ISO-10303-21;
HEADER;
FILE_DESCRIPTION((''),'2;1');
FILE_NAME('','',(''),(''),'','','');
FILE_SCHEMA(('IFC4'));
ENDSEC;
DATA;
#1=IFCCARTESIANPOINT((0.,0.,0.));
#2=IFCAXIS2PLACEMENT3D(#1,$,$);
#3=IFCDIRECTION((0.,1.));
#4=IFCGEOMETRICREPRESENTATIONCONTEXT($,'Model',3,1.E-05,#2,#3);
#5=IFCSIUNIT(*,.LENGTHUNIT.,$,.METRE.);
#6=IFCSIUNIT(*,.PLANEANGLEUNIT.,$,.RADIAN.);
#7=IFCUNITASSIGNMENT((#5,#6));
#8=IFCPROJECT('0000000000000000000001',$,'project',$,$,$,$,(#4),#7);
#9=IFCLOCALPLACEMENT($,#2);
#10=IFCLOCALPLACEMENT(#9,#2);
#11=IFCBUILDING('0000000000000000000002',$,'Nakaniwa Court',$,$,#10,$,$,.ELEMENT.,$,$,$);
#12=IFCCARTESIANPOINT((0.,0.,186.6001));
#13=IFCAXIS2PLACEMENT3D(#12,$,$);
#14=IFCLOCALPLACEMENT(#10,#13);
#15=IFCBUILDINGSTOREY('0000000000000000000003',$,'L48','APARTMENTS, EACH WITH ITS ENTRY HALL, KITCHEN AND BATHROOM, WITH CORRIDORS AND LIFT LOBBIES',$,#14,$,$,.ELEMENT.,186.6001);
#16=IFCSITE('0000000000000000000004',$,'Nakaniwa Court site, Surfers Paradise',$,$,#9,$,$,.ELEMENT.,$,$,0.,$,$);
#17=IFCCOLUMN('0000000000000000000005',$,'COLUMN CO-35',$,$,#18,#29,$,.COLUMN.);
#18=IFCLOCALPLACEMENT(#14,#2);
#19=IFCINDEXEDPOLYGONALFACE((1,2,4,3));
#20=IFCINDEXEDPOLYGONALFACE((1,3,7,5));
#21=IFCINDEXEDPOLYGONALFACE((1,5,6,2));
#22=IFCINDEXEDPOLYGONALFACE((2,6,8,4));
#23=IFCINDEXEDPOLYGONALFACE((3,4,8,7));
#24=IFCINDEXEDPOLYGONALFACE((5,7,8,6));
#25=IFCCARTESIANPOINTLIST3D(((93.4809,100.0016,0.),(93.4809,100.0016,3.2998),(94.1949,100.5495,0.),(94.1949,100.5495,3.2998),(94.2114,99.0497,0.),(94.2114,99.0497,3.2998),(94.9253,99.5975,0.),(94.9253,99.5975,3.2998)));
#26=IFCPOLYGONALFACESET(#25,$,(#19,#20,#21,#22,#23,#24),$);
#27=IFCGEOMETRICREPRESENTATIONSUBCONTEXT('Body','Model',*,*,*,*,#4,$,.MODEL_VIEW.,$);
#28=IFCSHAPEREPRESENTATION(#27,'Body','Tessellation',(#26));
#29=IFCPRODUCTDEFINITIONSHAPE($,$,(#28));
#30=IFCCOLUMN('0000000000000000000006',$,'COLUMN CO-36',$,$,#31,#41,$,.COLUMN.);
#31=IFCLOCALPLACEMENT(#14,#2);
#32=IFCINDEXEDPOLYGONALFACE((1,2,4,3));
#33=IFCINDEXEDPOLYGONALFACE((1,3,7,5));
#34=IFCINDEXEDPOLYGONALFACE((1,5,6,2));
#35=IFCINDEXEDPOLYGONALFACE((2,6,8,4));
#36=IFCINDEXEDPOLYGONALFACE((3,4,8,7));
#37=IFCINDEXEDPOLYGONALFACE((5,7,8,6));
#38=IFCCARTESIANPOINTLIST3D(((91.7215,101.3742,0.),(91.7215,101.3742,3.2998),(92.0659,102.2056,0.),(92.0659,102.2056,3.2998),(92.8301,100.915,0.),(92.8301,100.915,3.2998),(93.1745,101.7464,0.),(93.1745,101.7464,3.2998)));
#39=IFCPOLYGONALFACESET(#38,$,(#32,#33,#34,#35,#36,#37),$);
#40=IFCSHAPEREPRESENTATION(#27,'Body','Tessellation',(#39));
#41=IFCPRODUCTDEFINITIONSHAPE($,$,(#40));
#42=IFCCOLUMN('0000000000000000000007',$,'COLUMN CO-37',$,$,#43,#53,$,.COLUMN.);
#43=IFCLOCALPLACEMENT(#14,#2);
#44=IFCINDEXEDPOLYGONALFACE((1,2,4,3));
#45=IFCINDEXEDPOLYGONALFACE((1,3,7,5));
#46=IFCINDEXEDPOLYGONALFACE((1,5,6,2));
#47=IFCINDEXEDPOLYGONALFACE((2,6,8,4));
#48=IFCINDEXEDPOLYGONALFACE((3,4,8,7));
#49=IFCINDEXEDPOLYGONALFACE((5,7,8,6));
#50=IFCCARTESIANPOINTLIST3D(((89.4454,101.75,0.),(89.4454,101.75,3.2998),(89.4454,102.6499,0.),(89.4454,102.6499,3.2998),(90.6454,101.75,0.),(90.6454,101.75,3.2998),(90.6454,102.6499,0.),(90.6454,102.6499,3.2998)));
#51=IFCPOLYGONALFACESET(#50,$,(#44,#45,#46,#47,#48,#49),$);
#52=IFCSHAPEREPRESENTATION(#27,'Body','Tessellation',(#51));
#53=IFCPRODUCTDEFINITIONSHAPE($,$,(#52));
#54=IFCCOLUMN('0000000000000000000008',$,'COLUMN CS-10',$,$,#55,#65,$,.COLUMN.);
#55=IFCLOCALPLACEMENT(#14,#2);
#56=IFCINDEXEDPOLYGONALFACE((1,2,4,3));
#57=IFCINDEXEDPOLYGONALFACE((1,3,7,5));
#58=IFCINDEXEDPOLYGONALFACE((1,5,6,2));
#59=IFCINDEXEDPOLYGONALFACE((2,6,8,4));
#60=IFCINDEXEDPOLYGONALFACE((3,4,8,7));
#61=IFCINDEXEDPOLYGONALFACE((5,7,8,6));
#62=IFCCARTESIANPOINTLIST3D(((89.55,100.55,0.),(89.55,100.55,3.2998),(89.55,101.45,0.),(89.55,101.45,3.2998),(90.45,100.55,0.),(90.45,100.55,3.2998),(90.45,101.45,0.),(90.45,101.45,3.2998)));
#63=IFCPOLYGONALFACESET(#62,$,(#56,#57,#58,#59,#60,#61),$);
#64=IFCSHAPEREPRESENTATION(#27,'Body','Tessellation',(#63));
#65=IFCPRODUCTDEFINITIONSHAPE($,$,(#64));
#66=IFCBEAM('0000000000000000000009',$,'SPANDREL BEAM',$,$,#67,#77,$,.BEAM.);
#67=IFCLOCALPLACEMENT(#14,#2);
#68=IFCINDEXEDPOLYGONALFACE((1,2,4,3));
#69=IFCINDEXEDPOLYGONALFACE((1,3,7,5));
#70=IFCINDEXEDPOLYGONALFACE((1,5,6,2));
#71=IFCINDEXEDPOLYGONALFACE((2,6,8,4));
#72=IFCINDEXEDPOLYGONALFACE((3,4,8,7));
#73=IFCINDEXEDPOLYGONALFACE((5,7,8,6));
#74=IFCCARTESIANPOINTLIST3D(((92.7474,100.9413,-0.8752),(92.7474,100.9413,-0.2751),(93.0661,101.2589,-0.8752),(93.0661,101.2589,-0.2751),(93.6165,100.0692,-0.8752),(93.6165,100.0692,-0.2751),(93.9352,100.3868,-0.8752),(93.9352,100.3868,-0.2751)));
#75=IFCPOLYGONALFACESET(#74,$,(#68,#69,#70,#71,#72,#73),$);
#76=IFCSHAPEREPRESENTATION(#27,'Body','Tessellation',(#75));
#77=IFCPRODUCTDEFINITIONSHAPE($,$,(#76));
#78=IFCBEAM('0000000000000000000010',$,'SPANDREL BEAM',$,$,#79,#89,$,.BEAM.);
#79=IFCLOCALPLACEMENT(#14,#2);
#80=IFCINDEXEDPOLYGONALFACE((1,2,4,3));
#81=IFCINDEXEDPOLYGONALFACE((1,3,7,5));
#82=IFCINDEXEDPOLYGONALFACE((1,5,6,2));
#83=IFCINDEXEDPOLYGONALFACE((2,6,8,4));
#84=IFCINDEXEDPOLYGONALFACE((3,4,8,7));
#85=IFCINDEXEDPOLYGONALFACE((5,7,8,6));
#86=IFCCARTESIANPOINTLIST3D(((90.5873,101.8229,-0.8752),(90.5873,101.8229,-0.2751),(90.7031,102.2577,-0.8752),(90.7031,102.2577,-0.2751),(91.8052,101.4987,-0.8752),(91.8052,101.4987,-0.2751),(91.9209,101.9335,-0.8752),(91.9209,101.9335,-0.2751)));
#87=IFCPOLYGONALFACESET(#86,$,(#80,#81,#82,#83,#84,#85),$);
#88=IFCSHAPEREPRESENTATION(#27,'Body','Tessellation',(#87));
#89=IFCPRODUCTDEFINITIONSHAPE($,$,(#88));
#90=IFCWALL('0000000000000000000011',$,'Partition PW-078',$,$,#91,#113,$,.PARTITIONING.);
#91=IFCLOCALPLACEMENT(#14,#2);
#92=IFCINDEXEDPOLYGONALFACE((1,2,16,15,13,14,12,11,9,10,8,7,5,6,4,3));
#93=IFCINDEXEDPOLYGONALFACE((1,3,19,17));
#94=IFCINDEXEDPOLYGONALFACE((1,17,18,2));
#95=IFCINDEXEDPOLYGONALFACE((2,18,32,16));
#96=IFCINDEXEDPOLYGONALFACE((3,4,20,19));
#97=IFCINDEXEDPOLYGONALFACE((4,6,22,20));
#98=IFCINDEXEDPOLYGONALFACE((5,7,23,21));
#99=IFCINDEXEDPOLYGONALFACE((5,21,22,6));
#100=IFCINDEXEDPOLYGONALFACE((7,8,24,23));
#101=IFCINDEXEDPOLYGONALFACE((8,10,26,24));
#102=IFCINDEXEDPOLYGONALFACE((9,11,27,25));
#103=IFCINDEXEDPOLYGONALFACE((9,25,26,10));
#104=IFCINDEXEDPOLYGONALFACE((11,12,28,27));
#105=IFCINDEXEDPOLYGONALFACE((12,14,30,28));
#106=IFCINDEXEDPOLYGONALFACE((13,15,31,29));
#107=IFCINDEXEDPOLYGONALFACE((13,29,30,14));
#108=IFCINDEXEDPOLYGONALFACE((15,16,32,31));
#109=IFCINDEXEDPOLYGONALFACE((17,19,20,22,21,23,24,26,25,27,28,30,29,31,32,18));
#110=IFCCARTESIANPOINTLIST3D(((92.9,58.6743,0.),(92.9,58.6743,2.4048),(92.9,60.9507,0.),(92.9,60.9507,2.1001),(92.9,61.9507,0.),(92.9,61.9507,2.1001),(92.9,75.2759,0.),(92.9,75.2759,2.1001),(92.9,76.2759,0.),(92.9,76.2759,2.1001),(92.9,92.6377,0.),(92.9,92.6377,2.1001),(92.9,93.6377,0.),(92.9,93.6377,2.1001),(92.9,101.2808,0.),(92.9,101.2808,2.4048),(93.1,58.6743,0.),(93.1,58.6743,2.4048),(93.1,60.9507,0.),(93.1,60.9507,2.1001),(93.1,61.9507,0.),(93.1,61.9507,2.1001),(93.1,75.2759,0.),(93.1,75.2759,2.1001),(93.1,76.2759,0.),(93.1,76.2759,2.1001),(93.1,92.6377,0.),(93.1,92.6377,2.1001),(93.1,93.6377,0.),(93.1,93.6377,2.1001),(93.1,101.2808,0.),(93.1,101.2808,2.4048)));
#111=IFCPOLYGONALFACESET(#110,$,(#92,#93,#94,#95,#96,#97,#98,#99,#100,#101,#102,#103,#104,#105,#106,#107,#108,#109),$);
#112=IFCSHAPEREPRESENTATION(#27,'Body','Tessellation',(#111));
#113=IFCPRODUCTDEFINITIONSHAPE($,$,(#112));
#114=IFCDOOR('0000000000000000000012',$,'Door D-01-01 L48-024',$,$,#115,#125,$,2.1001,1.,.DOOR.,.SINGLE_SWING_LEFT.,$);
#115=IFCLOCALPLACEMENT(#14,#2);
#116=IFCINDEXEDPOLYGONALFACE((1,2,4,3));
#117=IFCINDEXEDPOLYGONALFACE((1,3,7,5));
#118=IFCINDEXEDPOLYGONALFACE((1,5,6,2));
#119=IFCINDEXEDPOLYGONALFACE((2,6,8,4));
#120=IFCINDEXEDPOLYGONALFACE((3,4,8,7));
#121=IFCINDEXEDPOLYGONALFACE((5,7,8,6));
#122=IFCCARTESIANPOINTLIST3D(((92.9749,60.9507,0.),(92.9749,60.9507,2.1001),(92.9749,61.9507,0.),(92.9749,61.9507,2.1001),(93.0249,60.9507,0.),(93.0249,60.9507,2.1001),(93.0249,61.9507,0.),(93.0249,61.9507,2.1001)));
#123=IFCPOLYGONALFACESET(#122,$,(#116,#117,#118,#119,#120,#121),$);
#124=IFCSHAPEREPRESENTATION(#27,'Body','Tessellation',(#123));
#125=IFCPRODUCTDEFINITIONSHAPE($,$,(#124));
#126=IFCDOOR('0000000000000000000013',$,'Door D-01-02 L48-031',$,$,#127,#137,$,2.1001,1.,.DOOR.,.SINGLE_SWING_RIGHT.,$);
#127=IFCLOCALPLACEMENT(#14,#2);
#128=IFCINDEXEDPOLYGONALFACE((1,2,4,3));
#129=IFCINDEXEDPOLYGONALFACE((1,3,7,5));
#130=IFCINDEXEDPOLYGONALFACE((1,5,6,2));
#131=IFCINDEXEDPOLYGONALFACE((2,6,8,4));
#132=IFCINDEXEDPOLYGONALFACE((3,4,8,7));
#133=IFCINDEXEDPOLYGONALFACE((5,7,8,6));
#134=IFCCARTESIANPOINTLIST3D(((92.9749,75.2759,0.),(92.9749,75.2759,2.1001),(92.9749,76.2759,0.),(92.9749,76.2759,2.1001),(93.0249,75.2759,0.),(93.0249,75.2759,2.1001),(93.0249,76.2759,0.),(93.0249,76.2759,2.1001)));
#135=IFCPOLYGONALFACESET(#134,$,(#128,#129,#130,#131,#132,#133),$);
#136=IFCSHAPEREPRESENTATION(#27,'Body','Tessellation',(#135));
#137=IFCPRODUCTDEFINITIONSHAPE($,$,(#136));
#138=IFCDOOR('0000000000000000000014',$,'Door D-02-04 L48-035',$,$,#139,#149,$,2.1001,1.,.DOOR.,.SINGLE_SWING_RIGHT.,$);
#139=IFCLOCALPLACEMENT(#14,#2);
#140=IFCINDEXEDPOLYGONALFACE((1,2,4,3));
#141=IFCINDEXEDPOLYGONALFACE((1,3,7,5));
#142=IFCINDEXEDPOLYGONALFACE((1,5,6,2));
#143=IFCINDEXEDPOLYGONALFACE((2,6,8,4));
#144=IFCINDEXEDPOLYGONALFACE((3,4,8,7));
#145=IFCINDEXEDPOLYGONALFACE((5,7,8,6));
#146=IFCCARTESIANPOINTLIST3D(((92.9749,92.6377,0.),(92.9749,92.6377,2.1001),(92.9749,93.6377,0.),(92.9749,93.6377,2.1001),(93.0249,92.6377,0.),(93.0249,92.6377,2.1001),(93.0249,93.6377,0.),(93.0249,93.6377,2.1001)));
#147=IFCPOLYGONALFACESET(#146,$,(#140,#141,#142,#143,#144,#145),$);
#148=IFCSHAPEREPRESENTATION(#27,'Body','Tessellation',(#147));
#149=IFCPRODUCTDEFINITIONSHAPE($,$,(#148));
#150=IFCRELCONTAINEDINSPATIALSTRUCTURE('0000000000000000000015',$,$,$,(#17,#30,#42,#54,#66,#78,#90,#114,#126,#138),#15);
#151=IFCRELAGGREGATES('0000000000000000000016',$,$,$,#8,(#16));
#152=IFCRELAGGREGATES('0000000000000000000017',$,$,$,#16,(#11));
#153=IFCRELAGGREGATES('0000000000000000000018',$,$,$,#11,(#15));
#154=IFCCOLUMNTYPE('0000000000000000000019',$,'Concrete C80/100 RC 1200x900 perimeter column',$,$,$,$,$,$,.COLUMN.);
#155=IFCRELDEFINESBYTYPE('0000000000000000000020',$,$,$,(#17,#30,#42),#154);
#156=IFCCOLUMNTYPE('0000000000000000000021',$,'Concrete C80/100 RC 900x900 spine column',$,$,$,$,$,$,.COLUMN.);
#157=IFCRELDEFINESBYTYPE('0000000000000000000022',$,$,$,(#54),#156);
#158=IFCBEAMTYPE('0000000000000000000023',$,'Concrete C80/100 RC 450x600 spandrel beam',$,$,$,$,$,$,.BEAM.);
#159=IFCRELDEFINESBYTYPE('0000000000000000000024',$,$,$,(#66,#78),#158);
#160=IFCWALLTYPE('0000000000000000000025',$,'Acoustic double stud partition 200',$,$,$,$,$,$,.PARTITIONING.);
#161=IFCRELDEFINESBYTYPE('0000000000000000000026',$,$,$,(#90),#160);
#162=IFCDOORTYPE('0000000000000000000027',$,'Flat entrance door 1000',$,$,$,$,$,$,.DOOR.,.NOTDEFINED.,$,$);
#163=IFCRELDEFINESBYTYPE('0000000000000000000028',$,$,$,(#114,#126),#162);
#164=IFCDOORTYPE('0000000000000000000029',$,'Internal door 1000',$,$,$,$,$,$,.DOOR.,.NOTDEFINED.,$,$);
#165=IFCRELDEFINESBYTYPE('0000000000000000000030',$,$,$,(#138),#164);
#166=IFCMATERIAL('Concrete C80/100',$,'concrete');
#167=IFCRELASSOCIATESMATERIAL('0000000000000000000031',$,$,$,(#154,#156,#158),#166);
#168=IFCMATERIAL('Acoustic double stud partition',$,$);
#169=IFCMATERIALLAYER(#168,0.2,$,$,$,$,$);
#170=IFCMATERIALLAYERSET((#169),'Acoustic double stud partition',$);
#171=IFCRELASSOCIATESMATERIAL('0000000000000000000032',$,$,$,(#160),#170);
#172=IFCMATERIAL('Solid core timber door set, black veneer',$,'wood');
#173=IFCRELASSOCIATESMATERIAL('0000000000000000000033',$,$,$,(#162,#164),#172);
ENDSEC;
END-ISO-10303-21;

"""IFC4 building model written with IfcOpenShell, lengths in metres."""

from ifc_helpers import new_model, si_unit, direction, frame, frame_2d, origin, origin_2d, place, context, subcontext, project, spatial, rectangle, extrude, material, layer, layer_set, material_profile, profile_set, type_object, element, fill, save


model = new_model("IFC4")

# Units and contexts
model_context = context("Model", 3, precision=1e-05, world=origin(), true_north=direction((0.0, 1.0)))
body_context = subcontext(model_context, "Body", "Model", "MODEL_VIEW")
ifc_project = project(units=[si_unit("LENGTHUNIT", "METRE"), si_unit("PLANEANGLEUNIT", "RADIAN")], contexts=[model_context])

# Site, building, storey
site_placement = place(None, origin())
site = spatial("IfcSite", under=ifc_project, at=site_placement, Name="Nakaniwa Court site, Surfers Paradise", CompositionType="ELEMENT", RefElevation=0.0)
building_placement = place(site_placement, origin())
building = spatial("IfcBuilding", under=site, at=building_placement, Name="Nakaniwa Court", CompositionType="ELEMENT")
storey_placement = place(building_placement, frame((0.0, 0.0, 186.6001)))
storey = spatial("IfcBuildingStorey", under=building, at=storey_placement, Name="L48", Description="APARTMENTS, EACH WITH ITS ENTRY HALL, KITCHEN AND BATHROOM, WITH CORRIDORS AND LIFT LOBBIES", CompositionType="ELEMENT", Elevation=186.6001)

# Columns
ifc_material_1 = material(Name="Concrete C80/100", Category="concrete")
ifc_material_profile_1 = material_profile(ifc_material_1, rectangle(XDim=1.2, YDim=0.8999, at=origin_2d()), Name="Concrete C80/100 RC 1200x900 perimeter column")
ifc_profile_set_1 = profile_set([ifc_material_profile_1], Name="Concrete C80/100")
column_type_1 = type_object("IfcColumnType", Name="Concrete C80/100 RC 1200x900 perimeter column", PredefinedType="COLUMN", material=ifc_profile_set_1)
for number, where, z_axis, x_axis, name in (
    (1, (94.2031, 99.7996, 0.0), (0.0, 0.0, 1.0), (-0.608761, 0.793353, 0.0), "COLUMN CO-35"),
    (2, (92.448, 101.5603, 0.0), (0.0, 0.0, 1.0), (-0.92388, 0.382683, 0.0), "COLUMN CO-36"),
    (3, (90.0454, 102.2, 0.0), (0.0, 0.0, 1.0), (-1.0, 0.0, 0.0), "COLUMN CO-37"),
):
    element("IfcColumn", number, at=place(storey_placement, frame(where, z_axis=z_axis, x_axis=x_axis)), inside=storey, type_object=column_type_1, Name=name, PredefinedType="COLUMN", context=body_context, shape_type="SweptSolid", body=[
        extrude(rectangle(XDim=1.2, YDim=0.8999, at=origin_2d()), origin(), (0.0, 0.0, 1.0), 3.2998),
    ])
ifc_material_profile_2 = material_profile(ifc_material_1, rectangle(XDim=0.8999, YDim=0.8999, at=origin_2d()), Name="Concrete C80/100 RC 900x900 spine column")
ifc_profile_set_2 = profile_set([ifc_material_profile_2], Name="Concrete C80/100")
column_type_2 = type_object("IfcColumnType", Name="Concrete C80/100 RC 900x900 spine column", PredefinedType="COLUMN", material=ifc_profile_set_2)
column_placement = place(storey_placement, frame((90.0, 101.0, 0.0), z_axis=(0.0, 0.0, 1.0), x_axis=(0.0, 1.0, 0.0)))
element("IfcColumn", 4, at=column_placement, inside=storey, type_object=column_type_2, Name="COLUMN CS-10", PredefinedType="COLUMN", context=body_context, shape_type="SweptSolid", body=[
    extrude(rectangle(XDim=0.8999, YDim=0.8999, at=origin_2d()), origin(), (0.0, 0.0, 1.0), 3.2998),
])

# Beams
ifc_material_profile_3 = material_profile(ifc_material_1, rectangle(XDim=0.45, YDim=0.6001, at=origin_2d()), Name="Concrete C80/100 RC 450x600 spandrel beam")
ifc_profile_set_3 = profile_set([ifc_material_profile_3], Name="Concrete C80/100")
beam_type = type_object("IfcBeamType", Name="Concrete C80/100 RC 450x600 spandrel beam", PredefinedType="BEAM", material=ifc_profile_set_3)
beam_1_placement = place(storey_placement, frame((93.7759, 100.228, -0.5752), z_axis=(-0.705916, 0.708296, 0.0), x_axis=(-0.708296, -0.705916, 0.0)))
element("IfcBeam", 5, at=beam_1_placement, inside=storey, type_object=beam_type, Name="SPANDREL BEAM", PredefinedType="BEAM", context=body_context, shape_type="SweptSolid", body=[
    extrude(rectangle(XDim=0.45, YDim=0.6001, at=origin_2d()), origin(), (0.0, 0.0, 1.0), 1.2312),
])
beam_2_placement = place(storey_placement, frame((91.863, 101.7161, -0.5752), z_axis=(-0.966338, 0.257277, 0.0), x_axis=(-0.257277, -0.966338, 0.0)))
element("IfcBeam", 6, at=beam_2_placement, inside=storey, type_object=beam_type, Name="SPANDREL BEAM", PredefinedType="BEAM", context=body_context, shape_type="SweptSolid", body=[
    extrude(rectangle(XDim=0.45, YDim=0.6001, at=origin_2d()), origin(), (0.0, 0.0, 1.0), 1.2603),
])

# Wall, openings, doors
ifc_material_2 = material(Name="Acoustic double stud partition")
ifc_layer_1 = layer(ifc_material_2, 0.2)
ifc_layer_set_1 = layer_set([ifc_layer_1], Name="Acoustic double stud partition")
wall_type_1 = type_object("IfcWallType", Name="Acoustic double stud partition 200", PredefinedType="PARTITIONING", material=ifc_layer_set_1)
wall_1_placement = place(storey_placement, frame((93.0, 101.2808, 0.0), z_axis=(0.0, 0.0, 1.0), x_axis=(0.0, -1.0, 0.0)))
wall_1 = element("IfcWall", 7, at=wall_1_placement, inside=storey, type_object=wall_type_1, Name="Partition PW-078", PredefinedType="PARTITIONING", context=body_context, shape_type="SweptSolid", body=[
    extrude(rectangle(XDim=42.6064, YDim=0.2, at=frame_2d((21.3032, 0.0))), origin(), (0.0, 0.0, 1.0), 2.4048),
])
opening_1_placement = place(wall_1_placement, frame((39.3301, 0.0, 0.0)))
opening_1 = element("IfcOpeningElement", 8, at=opening_1_placement, cuts=wall_1, PredefinedType="OPENING", context=body_context, shape_type="SweptSolid", body=[
    extrude(rectangle(XDim=1.0, YDim=2.1001, at=frame_2d((0.5, 1.05))), frame((0.0, 0.1099, 0.0), z_axis=(0.0, -1.0, 0.0), x_axis=(1.0, 0.0, 0.0)), (0.0, 0.0, 1.0), 0.22),
])
opening_2_placement = place(wall_1_placement, frame((25.0049, 0.0, 0.0)))
opening_2 = element("IfcOpeningElement", 9, at=opening_2_placement, cuts=wall_1, PredefinedType="OPENING", context=body_context, shape_type="SweptSolid", body=[
    extrude(rectangle(XDim=1.0, YDim=2.1001, at=frame_2d((0.5, 1.05))), frame((0.0, 0.1099, 0.0), z_axis=(0.0, -1.0, 0.0), x_axis=(1.0, 0.0, 0.0)), (0.0, 0.0, 1.0), 0.22),
])
opening_3_placement = place(wall_1_placement, frame((7.6431, 0.0, 0.0)))
opening_3 = element("IfcOpeningElement", 10, at=opening_3_placement, cuts=wall_1, PredefinedType="OPENING", context=body_context, shape_type="SweptSolid", body=[
    extrude(rectangle(XDim=1.0, YDim=2.1001, at=frame_2d((0.5, 1.05))), frame((0.0, 0.1099, 0.0), z_axis=(0.0, -1.0, 0.0), x_axis=(1.0, 0.0, 0.0)), (0.0, 0.0, 1.0), 0.22),
])
ifc_material_3 = material(Name="Solid core timber door set, black veneer", Category="wood")
door_type_1 = type_object("IfcDoorType", Name="Flat entrance door 1000", OperationType="NOTDEFINED", PredefinedType="DOOR", material=ifc_material_3)
door_1_placement = place(opening_1_placement, origin())
door_1 = element("IfcDoor", 11, at=door_1_placement, inside=storey, type_object=door_type_1, Name="Door D-01-01 L48-024", OperationType="SINGLE_SWING_LEFT", OverallHeight=2.1001, OverallWidth=1.0, PredefinedType="DOOR", context=body_context, shape_type="SweptSolid", body=[
    extrude(rectangle(XDim=1.0, YDim=2.1001, at=frame_2d((0.5, 1.05))), frame((0.0, 0.0249, 0.0), z_axis=(0.0, -1.0, 0.0), x_axis=(1.0, 0.0, 0.0)), (0.0, 0.0, 1.0), 0.05),
])
fill(opening_1, door_1)
door_2_placement = place(opening_2_placement, origin())
door_2 = element("IfcDoor", 12, at=door_2_placement, inside=storey, type_object=door_type_1, Name="Door D-01-02 L48-031", OperationType="SINGLE_SWING_RIGHT", OverallHeight=2.1001, OverallWidth=1.0, PredefinedType="DOOR", context=body_context, shape_type="SweptSolid", body=[
    extrude(rectangle(XDim=1.0, YDim=2.1001, at=frame_2d((0.5, 1.05))), frame((0.0, 0.0249, 0.0), z_axis=(0.0, -1.0, 0.0), x_axis=(1.0, 0.0, 0.0)), (0.0, 0.0, 1.0), 0.05),
])
fill(opening_2, door_2)
door_type_2 = type_object("IfcDoorType", Name="Internal door 1000", OperationType="NOTDEFINED", PredefinedType="DOOR", material=ifc_material_3)
door_3_placement = place(opening_3_placement, origin())
door_3 = element("IfcDoor", 13, at=door_3_placement, inside=storey, type_object=door_type_2, Name="Door D-02-04 L48-035", OperationType="SINGLE_SWING_RIGHT", OverallHeight=2.1001, OverallWidth=1.0, PredefinedType="DOOR", context=body_context, shape_type="SweptSolid", body=[
    extrude(rectangle(XDim=1.0, YDim=2.1001, at=frame_2d((0.5, 1.05))), frame((0.0, 0.0249, 0.0), z_axis=(0.0, -1.0, 0.0), x_axis=(1.0, 0.0, 0.0)), (0.0, 0.0, 1.0), 0.05),
])
fill(opening_3, door_3)

save(model, "model.ifc")
